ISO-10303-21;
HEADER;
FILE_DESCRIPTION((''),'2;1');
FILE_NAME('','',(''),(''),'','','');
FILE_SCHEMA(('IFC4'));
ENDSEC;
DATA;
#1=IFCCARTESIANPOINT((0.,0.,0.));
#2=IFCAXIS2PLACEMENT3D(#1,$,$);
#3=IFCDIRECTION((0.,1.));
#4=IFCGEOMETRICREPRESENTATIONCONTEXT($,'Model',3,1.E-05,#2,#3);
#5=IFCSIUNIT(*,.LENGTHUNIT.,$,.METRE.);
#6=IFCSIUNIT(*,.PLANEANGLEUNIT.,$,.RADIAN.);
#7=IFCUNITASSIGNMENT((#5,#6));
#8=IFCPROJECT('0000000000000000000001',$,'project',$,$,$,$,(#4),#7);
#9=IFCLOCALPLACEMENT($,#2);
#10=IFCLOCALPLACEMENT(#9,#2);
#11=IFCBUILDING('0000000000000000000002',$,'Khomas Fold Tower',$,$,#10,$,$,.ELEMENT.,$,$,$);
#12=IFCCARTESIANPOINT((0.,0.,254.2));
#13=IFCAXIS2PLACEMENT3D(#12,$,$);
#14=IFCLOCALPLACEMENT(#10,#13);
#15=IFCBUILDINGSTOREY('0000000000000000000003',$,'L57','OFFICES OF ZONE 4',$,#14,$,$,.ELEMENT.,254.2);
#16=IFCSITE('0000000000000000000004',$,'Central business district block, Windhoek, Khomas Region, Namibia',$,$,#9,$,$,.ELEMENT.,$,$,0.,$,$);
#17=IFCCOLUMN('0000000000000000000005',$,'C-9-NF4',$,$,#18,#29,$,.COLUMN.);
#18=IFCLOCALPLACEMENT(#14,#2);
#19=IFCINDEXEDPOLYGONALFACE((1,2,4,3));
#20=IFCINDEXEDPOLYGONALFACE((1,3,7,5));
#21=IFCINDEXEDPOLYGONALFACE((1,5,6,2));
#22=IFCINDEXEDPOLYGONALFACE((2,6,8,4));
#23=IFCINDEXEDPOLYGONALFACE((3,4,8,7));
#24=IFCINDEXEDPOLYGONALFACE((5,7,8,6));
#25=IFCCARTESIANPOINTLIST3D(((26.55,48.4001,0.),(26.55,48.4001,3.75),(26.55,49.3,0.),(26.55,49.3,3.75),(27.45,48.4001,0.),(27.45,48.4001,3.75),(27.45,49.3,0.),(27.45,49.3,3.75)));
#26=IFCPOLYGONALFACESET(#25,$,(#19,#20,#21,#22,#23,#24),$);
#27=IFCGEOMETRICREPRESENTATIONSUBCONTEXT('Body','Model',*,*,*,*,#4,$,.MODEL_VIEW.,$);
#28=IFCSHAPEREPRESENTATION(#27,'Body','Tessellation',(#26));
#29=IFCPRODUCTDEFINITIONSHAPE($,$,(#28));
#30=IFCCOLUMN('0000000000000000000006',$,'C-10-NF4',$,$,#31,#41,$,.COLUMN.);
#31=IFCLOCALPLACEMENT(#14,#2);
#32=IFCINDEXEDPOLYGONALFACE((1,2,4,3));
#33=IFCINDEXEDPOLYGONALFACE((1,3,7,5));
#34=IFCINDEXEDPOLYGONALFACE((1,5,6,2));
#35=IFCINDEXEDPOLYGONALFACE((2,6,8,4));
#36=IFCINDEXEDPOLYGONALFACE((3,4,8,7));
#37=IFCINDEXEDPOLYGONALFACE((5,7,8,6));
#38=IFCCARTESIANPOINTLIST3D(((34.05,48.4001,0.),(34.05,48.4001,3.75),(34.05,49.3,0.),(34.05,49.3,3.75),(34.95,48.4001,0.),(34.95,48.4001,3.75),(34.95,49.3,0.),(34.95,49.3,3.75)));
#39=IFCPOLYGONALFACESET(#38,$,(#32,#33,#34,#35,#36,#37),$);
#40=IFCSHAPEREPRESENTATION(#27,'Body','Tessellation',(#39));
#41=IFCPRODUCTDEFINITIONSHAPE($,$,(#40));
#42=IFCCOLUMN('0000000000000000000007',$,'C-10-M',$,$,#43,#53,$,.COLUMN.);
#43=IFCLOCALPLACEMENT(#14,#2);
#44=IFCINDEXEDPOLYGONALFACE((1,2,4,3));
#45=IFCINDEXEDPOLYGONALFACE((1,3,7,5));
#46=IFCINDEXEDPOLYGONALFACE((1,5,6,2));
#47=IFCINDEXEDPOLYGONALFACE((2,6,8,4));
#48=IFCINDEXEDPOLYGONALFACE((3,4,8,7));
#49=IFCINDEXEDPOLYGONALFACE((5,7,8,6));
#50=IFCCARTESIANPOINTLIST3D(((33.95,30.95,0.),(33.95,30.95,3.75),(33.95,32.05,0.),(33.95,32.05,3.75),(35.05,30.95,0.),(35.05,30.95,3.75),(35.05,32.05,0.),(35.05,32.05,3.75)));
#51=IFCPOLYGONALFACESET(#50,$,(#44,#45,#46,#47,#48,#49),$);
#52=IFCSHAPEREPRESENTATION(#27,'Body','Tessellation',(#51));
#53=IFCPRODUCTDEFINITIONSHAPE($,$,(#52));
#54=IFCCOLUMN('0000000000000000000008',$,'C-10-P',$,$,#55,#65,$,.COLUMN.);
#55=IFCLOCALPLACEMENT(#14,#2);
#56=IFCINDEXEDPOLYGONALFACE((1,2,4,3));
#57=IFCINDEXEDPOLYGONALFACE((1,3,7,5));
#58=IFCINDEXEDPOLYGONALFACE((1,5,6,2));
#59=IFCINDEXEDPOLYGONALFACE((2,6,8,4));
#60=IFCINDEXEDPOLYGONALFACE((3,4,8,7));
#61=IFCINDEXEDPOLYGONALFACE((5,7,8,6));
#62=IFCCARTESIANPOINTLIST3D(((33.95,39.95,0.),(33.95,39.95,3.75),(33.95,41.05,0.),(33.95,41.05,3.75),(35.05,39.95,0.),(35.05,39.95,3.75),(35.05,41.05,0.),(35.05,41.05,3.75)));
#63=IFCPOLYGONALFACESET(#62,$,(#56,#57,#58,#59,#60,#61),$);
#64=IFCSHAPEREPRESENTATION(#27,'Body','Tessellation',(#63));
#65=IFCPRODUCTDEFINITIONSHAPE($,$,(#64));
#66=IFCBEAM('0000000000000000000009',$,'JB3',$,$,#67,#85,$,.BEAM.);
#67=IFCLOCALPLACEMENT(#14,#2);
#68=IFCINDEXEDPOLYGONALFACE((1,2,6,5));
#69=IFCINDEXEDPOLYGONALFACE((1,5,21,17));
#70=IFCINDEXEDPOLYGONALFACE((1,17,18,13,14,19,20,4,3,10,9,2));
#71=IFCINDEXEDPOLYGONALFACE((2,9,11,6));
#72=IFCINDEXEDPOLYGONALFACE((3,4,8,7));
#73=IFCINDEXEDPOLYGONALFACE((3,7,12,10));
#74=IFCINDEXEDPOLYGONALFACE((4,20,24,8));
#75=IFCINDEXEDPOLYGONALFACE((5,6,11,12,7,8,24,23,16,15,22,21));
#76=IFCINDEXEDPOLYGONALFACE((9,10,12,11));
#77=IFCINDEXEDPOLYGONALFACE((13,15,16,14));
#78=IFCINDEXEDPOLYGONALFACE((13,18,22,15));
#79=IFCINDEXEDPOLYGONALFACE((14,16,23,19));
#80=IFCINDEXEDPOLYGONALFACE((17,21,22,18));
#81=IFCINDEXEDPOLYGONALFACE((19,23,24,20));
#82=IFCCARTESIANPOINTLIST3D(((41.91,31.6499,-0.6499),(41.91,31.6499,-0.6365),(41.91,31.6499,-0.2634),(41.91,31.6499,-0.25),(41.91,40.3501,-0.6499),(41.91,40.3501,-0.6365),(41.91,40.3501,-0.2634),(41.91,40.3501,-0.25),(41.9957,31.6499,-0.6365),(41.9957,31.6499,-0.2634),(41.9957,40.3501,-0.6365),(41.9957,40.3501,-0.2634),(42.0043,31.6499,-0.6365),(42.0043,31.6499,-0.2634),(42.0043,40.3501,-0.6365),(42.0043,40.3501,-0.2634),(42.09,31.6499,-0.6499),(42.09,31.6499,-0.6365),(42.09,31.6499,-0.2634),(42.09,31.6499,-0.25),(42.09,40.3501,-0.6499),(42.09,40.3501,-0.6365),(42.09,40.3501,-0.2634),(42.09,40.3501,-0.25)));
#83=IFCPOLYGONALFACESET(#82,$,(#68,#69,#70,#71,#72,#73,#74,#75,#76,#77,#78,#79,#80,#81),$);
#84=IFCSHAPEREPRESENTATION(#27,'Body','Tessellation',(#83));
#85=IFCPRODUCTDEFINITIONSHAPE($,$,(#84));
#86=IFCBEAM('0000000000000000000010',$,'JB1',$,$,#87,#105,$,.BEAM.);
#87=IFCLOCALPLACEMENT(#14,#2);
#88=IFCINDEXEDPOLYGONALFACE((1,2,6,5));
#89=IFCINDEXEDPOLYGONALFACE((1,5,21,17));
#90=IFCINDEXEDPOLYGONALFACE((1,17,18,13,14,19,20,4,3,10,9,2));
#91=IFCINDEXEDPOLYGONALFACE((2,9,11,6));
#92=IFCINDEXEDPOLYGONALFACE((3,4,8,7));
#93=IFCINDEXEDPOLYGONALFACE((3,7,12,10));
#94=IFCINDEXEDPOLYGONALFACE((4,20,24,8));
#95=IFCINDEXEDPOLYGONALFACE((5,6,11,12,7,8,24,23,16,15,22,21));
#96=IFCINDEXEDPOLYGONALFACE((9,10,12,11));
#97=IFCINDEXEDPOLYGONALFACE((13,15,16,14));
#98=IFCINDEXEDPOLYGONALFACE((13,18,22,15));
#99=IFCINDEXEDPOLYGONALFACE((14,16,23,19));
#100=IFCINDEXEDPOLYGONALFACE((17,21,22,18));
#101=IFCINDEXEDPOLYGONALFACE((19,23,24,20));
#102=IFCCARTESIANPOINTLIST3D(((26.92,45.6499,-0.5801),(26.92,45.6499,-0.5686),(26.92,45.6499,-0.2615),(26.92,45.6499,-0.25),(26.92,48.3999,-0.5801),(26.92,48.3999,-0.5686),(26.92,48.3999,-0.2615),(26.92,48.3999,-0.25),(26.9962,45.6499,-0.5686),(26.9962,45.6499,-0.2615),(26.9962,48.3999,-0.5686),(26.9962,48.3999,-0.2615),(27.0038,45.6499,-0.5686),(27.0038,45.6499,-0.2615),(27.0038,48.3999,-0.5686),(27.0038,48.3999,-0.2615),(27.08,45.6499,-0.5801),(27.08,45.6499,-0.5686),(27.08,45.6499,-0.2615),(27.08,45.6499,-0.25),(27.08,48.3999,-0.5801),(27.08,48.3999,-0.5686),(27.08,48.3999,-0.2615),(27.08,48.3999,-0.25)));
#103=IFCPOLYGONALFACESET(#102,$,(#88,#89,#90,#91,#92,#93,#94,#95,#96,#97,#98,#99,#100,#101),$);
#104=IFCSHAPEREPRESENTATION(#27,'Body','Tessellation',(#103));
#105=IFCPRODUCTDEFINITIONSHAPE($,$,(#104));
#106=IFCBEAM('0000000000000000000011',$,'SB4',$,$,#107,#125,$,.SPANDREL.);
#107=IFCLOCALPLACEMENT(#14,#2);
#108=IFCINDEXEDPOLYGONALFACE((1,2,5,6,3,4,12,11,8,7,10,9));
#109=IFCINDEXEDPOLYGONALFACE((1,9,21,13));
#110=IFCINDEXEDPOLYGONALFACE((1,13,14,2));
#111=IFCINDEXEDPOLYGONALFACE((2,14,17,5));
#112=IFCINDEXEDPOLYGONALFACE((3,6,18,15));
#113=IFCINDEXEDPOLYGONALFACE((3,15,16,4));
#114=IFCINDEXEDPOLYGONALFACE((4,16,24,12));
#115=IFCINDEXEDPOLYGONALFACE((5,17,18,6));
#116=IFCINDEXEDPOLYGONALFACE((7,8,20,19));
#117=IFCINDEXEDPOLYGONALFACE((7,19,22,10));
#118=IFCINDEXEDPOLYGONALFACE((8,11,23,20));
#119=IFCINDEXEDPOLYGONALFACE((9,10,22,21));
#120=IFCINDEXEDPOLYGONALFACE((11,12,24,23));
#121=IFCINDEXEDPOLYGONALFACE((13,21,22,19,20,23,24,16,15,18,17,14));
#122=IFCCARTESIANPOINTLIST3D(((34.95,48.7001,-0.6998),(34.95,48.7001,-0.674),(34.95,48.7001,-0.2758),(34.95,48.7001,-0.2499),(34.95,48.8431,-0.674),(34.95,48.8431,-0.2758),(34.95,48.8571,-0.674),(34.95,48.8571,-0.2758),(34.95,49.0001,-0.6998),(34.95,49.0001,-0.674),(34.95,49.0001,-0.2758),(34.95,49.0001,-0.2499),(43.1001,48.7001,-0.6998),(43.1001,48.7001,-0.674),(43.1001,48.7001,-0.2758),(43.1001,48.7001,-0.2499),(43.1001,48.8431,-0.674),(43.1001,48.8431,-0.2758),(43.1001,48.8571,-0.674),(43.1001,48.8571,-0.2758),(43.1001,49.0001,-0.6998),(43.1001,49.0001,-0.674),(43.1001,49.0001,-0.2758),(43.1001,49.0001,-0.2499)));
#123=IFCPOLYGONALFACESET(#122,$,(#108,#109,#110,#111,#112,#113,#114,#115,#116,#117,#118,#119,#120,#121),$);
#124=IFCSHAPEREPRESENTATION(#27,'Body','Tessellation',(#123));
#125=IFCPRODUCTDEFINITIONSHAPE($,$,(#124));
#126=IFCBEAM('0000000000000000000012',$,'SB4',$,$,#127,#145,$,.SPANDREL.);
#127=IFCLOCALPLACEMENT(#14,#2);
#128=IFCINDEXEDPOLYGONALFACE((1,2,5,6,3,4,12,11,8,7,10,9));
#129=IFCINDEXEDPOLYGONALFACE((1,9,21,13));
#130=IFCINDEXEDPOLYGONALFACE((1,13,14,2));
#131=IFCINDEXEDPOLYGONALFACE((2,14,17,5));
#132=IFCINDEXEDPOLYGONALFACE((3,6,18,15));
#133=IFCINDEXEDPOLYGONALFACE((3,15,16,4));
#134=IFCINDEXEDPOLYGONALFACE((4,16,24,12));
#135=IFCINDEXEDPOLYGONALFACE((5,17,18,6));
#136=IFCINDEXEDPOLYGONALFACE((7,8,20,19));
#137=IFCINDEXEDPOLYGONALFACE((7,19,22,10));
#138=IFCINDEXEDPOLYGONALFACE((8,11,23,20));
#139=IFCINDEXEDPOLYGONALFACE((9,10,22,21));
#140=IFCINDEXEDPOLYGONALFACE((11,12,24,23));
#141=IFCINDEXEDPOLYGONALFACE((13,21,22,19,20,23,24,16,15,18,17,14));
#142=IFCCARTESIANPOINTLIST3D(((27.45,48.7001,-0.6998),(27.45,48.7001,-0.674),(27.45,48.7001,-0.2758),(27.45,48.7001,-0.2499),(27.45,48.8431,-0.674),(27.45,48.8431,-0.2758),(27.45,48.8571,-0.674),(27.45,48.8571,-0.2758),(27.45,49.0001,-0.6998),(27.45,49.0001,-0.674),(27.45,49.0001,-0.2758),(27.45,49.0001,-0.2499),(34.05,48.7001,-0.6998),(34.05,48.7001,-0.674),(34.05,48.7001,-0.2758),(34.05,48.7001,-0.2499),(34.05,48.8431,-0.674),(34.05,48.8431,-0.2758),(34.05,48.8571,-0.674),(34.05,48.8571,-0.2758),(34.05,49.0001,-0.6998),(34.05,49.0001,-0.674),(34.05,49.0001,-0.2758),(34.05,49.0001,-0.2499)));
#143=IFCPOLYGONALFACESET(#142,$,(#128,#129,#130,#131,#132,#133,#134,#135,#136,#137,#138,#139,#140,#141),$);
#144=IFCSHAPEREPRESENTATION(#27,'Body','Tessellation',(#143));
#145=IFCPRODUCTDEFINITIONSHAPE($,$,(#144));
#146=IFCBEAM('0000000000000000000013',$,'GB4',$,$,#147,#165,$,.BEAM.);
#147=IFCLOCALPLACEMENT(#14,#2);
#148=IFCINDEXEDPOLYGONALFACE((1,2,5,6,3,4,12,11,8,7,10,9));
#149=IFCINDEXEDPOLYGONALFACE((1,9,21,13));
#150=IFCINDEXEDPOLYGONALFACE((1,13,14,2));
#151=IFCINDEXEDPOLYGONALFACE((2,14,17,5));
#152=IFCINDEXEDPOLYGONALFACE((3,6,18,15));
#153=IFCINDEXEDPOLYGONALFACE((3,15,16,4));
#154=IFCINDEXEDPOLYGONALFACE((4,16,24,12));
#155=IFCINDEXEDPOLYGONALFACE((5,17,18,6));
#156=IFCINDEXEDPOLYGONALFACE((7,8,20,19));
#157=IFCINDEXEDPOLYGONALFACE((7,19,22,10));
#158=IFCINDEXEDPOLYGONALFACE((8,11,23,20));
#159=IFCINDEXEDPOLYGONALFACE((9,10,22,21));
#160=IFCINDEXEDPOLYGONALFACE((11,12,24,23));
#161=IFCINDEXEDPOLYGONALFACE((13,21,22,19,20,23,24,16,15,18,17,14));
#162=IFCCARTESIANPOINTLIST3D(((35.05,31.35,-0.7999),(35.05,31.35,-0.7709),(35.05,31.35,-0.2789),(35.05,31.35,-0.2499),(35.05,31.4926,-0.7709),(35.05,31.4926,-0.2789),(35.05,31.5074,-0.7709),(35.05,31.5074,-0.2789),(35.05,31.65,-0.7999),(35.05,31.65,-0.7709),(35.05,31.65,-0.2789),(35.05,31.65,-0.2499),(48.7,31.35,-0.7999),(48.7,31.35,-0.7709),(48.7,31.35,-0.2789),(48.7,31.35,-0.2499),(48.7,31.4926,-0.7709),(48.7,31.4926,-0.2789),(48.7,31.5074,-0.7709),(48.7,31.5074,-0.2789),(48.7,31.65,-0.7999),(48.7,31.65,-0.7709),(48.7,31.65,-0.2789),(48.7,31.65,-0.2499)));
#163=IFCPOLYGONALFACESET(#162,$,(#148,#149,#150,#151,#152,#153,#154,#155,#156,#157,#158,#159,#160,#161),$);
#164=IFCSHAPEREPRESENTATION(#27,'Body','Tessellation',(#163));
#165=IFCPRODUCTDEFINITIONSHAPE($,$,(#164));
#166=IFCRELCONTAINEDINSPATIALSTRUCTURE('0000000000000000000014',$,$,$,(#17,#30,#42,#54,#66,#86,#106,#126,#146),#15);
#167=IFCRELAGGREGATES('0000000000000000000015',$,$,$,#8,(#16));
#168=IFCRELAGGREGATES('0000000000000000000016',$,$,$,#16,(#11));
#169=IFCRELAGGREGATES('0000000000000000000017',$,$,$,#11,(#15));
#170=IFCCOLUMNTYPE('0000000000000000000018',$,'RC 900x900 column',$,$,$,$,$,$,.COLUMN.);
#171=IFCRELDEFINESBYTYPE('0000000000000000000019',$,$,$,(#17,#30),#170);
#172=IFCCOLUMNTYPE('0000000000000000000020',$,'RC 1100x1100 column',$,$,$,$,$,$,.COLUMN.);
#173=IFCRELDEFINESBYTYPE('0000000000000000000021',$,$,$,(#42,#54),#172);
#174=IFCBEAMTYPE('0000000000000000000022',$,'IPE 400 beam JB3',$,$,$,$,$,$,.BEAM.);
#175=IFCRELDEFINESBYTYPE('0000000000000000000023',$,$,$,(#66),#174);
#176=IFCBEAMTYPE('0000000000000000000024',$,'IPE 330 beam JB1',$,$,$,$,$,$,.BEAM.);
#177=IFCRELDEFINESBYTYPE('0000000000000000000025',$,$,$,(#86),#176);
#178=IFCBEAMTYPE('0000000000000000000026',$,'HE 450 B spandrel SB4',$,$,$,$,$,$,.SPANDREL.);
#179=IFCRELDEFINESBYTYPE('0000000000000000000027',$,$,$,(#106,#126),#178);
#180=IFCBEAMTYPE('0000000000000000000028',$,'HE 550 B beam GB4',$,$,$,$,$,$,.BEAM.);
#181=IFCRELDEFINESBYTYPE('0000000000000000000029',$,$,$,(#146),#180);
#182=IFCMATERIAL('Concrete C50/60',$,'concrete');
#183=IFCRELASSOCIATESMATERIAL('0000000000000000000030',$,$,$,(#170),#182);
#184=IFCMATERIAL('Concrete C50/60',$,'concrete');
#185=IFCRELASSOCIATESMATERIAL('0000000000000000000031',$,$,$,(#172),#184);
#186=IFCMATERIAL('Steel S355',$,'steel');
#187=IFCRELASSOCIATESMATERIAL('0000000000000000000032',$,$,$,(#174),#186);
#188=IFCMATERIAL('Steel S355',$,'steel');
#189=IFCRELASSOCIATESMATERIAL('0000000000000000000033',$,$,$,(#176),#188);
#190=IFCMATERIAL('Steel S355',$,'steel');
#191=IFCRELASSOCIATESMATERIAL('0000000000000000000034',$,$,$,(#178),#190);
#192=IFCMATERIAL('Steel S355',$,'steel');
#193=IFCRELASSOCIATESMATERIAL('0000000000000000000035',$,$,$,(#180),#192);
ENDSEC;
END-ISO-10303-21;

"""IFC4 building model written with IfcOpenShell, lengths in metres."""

from ifc_helpers import new_model, si_unit, direction, frame, origin, origin_2d, place, context, subcontext, project, spatial, rectangle, i_section, extrude, source, transform, mapped, material, material_profile, profile_set, type_object, element, save


model = new_model("IFC4")

# Units and contexts
model_context = context("Model", 3, precision=1e-05, world=origin(), true_north=direction((0.0, 1.0)))
body_context = subcontext(model_context, "Body", "Model", "MODEL_VIEW")
ifc_project = project(units=[si_unit("LENGTHUNIT", "METRE"), si_unit("PLANEANGLEUNIT", "RADIAN")], contexts=[model_context])

# Site, building, storey
site_placement = place(None, origin())
site = spatial("IfcSite", under=ifc_project, at=site_placement, Name="Central business district block, Windhoek, Khomas Region, Namibia", CompositionType="ELEMENT", RefElevation=0.0)
building_placement = place(site_placement, origin())
building = spatial("IfcBuilding", under=site, at=building_placement, Name="Khomas Fold Tower", CompositionType="ELEMENT")
storey_placement = place(building_placement, frame((0.0, 0.0, 254.2)))
storey = spatial("IfcBuildingStorey", under=building, at=storey_placement, Name="L57", Description="OFFICES OF ZONE 4", CompositionType="ELEMENT", Elevation=254.2)

# Columns
ifc_material_1 = material(Name="Concrete C50/60", Category="concrete")
ifc_material_profile_1 = material_profile(ifc_material_1, rectangle(XDim=0.8999, YDim=0.8999, at=origin_2d()), Name="RC 900x900")
ifc_profile_set_1 = profile_set([ifc_material_profile_1], Name="Concrete C50/60")
column_type_1 = type_object("IfcColumnType", Name="RC 900x900 column", PredefinedType="COLUMN", material=ifc_profile_set_1)
shared_shape_1 = source(origin(), body_context, "Body", "SweptSolid", [
    extrude(rectangle(XDim=0.8999, YDim=0.8999, at=origin_2d()), origin(), (0.0, 0.0, 1.0), 3.75),
])
for number, where, z_axis, x_axis, name in (
    (1, (27.0, 48.8501, 0.0), (0.0, 0.0, 1.0), (1.0, 0.0, 0.0), "C-9-NF4"),
    (2, (34.5, 48.8501, 0.0), (0.0, 0.0, 1.0), (1.0, 0.0, 0.0), "C-10-NF4"),
):
    element("IfcColumn", number, at=place(storey_placement, frame(where, z_axis=z_axis, x_axis=x_axis)), inside=storey, type_object=column_type_1, Name=name, PredefinedType="COLUMN", context=body_context, shape_type="MappedRepresentation", body=[
        mapped(shared_shape_1, transform((0.0, 0.0, 0.0))),
    ])
ifc_material_2 = material(Name="Concrete C50/60", Category="concrete")
ifc_material_profile_2 = material_profile(ifc_material_2, rectangle(XDim=1.1001, YDim=1.1001, at=origin_2d()), Name="RC 1100x1100")
ifc_profile_set_2 = profile_set([ifc_material_profile_2], Name="Concrete C50/60")
column_type_2 = type_object("IfcColumnType", Name="RC 1100x1100 column", PredefinedType="COLUMN", material=ifc_profile_set_2)
shared_shape_2 = source(origin(), body_context, "Body", "SweptSolid", [
    extrude(rectangle(XDim=1.1001, YDim=1.1001, at=origin_2d()), origin(), (0.0, 0.0, 1.0), 3.75),
])
for number, where, z_axis, x_axis, name in (
    (3, (34.5, 31.5, 0.0), (0.0, 0.0, 1.0), (1.0, 0.0, 0.0), "C-10-M"),
    (4, (34.5, 40.5, 0.0), (0.0, 0.0, 1.0), (1.0, 0.0, 0.0), "C-10-P"),
):
    element("IfcColumn", number, at=place(storey_placement, frame(where, z_axis=z_axis, x_axis=x_axis)), inside=storey, type_object=column_type_2, Name=name, PredefinedType="COLUMN", context=body_context, shape_type="MappedRepresentation", body=[
        mapped(shared_shape_2, transform((0.0, 0.0, 0.0))),
    ])

# Beams
ifc_material_3 = material(Name="Steel S355", Category="steel")
ifc_material_profile_3 = material_profile(ifc_material_3, i_section(OverallWidth=0.1799, OverallDepth=0.3999, WebThickness=0.0085, FlangeThickness=0.0134, at=origin_2d()), Name="IPE 400")
ifc_profile_set_3 = profile_set([ifc_material_profile_3], Name="Steel S355")
beam_type_1 = type_object("IfcBeamType", Name="IPE 400 beam JB3", PredefinedType="BEAM", material=ifc_profile_set_3)
shared_shape_3 = source(origin(), body_context, "Body", "SweptSolid", [
    extrude(i_section(OverallWidth=0.1799, OverallDepth=0.3999, WebThickness=0.0085, FlangeThickness=0.0134, at=origin_2d()), origin(), (0.0, 0.0, 1.0), 8.7002),
])
beam_1_placement = place(storey_placement, frame((42.0, 31.6499, -0.45), z_axis=(0.0, 1.0, 0.0), x_axis=(-1.0, 0.0, 0.0)))
element("IfcBeam", 5, at=beam_1_placement, inside=storey, type_object=beam_type_1, Name="JB3", PredefinedType="BEAM", context=body_context, shape_type="MappedRepresentation", body=[
    mapped(shared_shape_3, transform((0.0, 0.0, 0.0))),
])
ifc_material_4 = material(Name="Steel S355", Category="steel")
ifc_material_profile_4 = material_profile(ifc_material_4, i_section(OverallWidth=0.1599, OverallDepth=0.3301, WebThickness=0.0076, FlangeThickness=0.0115, at=origin_2d()), Name="IPE 330")
ifc_profile_set_4 = profile_set([ifc_material_profile_4], Name="Steel S355")
beam_type_2 = type_object("IfcBeamType", Name="IPE 330 beam JB1", PredefinedType="BEAM", material=ifc_profile_set_4)
shared_shape_4 = source(origin(), body_context, "Body", "SweptSolid", [
    extrude(i_section(OverallWidth=0.1599, OverallDepth=0.3301, WebThickness=0.0076, FlangeThickness=0.0115, at=origin_2d()), origin(), (0.0, 0.0, 1.0), 2.75),
])
beam_2_placement = place(storey_placement, frame((27.0, 45.6499, -0.415), z_axis=(0.0, 1.0, 0.0), x_axis=(-1.0, 0.0, 0.0)))
element("IfcBeam", 6, at=beam_2_placement, inside=storey, type_object=beam_type_2, Name="JB1", PredefinedType="BEAM", context=body_context, shape_type="MappedRepresentation", body=[
    mapped(shared_shape_4, transform((0.0, 0.0, 0.0))),
])
ifc_material_5 = material(Name="Steel S355", Category="steel")
ifc_material_profile_5 = material_profile(ifc_material_5, i_section(OverallWidth=0.3, OverallDepth=0.45, WebThickness=0.0139, FlangeThickness=0.0259, at=origin_2d()), Name="HE 450 B")
ifc_profile_set_5 = profile_set([ifc_material_profile_5], Name="Steel S355")
beam_type_3 = type_object("IfcBeamType", Name="HE 450 B spandrel SB4", PredefinedType="SPANDREL", material=ifc_profile_set_5)
shared_shape_5 = source(origin(), body_context, "Body", "SweptSolid", [
    extrude(i_section(OverallWidth=0.3, OverallDepth=0.45, WebThickness=0.0139, FlangeThickness=0.0259, at=origin_2d()), origin(), (0.0, 0.0, 1.0), 8.1501),
])
beam_3_placement = place(storey_placement, frame((34.95, 48.8501, -0.4749), z_axis=(1.0, 0.0, 0.0), x_axis=(0.0, 1.0, 0.0)))
element("IfcBeam", 7, at=beam_3_placement, inside=storey, type_object=beam_type_3, Name="SB4", PredefinedType="SPANDREL", context=body_context, shape_type="MappedRepresentation", body=[
    mapped(shared_shape_5, transform((0.0, 0.0, 0.0))),
])
shared_shape_6 = source(origin(), body_context, "Body", "SweptSolid", [
    extrude(i_section(OverallWidth=0.3, OverallDepth=0.45, WebThickness=0.0139, FlangeThickness=0.0259, at=origin_2d()), origin(), (0.0, 0.0, 1.0), 6.6001),
])
beam_4_placement = place(storey_placement, frame((27.45, 48.8501, -0.4749), z_axis=(1.0, 0.0, 0.0), x_axis=(0.0, 1.0, 0.0)))
element("IfcBeam", 8, at=beam_4_placement, inside=storey, type_object=beam_type_3, Name="SB4", PredefinedType="SPANDREL", context=body_context, shape_type="MappedRepresentation", body=[
    mapped(shared_shape_6, transform((0.0, 0.0, 0.0))),
])
ifc_material_6 = material(Name="Steel S355", Category="steel")
ifc_material_profile_6 = material_profile(ifc_material_6, i_section(OverallWidth=0.3, OverallDepth=0.55, WebThickness=0.0149, FlangeThickness=0.0291, at=origin_2d()), Name="HE 550 B")
ifc_profile_set_6 = profile_set([ifc_material_profile_6], Name="Steel S355")
beam_type_4 = type_object("IfcBeamType", Name="HE 550 B beam GB4", PredefinedType="BEAM", material=ifc_profile_set_6)
shared_shape_7 = source(origin(), body_context, "Body", "SweptSolid", [
    extrude(i_section(OverallWidth=0.3, OverallDepth=0.55, WebThickness=0.0149, FlangeThickness=0.0291, at=origin_2d()), origin(), (0.0, 0.0, 1.0), 13.6499),
])
for number, where, z_axis, x_axis, name in (
    (9, (35.05, 31.5, -0.5249), (1.0, 0.0, 0.0), (0.0, 1.0, 0.0), "GB4"),
):
    element("IfcBeam", number, at=place(storey_placement, frame(where, z_axis=z_axis, x_axis=x_axis)), inside=storey, type_object=beam_type_4, Name=name, PredefinedType="BEAM", context=body_context, shape_type="MappedRepresentation", body=[
        mapped(shared_shape_7, transform((0.0, 0.0, 0.0))),
    ])

save(model, "model.ifc")
